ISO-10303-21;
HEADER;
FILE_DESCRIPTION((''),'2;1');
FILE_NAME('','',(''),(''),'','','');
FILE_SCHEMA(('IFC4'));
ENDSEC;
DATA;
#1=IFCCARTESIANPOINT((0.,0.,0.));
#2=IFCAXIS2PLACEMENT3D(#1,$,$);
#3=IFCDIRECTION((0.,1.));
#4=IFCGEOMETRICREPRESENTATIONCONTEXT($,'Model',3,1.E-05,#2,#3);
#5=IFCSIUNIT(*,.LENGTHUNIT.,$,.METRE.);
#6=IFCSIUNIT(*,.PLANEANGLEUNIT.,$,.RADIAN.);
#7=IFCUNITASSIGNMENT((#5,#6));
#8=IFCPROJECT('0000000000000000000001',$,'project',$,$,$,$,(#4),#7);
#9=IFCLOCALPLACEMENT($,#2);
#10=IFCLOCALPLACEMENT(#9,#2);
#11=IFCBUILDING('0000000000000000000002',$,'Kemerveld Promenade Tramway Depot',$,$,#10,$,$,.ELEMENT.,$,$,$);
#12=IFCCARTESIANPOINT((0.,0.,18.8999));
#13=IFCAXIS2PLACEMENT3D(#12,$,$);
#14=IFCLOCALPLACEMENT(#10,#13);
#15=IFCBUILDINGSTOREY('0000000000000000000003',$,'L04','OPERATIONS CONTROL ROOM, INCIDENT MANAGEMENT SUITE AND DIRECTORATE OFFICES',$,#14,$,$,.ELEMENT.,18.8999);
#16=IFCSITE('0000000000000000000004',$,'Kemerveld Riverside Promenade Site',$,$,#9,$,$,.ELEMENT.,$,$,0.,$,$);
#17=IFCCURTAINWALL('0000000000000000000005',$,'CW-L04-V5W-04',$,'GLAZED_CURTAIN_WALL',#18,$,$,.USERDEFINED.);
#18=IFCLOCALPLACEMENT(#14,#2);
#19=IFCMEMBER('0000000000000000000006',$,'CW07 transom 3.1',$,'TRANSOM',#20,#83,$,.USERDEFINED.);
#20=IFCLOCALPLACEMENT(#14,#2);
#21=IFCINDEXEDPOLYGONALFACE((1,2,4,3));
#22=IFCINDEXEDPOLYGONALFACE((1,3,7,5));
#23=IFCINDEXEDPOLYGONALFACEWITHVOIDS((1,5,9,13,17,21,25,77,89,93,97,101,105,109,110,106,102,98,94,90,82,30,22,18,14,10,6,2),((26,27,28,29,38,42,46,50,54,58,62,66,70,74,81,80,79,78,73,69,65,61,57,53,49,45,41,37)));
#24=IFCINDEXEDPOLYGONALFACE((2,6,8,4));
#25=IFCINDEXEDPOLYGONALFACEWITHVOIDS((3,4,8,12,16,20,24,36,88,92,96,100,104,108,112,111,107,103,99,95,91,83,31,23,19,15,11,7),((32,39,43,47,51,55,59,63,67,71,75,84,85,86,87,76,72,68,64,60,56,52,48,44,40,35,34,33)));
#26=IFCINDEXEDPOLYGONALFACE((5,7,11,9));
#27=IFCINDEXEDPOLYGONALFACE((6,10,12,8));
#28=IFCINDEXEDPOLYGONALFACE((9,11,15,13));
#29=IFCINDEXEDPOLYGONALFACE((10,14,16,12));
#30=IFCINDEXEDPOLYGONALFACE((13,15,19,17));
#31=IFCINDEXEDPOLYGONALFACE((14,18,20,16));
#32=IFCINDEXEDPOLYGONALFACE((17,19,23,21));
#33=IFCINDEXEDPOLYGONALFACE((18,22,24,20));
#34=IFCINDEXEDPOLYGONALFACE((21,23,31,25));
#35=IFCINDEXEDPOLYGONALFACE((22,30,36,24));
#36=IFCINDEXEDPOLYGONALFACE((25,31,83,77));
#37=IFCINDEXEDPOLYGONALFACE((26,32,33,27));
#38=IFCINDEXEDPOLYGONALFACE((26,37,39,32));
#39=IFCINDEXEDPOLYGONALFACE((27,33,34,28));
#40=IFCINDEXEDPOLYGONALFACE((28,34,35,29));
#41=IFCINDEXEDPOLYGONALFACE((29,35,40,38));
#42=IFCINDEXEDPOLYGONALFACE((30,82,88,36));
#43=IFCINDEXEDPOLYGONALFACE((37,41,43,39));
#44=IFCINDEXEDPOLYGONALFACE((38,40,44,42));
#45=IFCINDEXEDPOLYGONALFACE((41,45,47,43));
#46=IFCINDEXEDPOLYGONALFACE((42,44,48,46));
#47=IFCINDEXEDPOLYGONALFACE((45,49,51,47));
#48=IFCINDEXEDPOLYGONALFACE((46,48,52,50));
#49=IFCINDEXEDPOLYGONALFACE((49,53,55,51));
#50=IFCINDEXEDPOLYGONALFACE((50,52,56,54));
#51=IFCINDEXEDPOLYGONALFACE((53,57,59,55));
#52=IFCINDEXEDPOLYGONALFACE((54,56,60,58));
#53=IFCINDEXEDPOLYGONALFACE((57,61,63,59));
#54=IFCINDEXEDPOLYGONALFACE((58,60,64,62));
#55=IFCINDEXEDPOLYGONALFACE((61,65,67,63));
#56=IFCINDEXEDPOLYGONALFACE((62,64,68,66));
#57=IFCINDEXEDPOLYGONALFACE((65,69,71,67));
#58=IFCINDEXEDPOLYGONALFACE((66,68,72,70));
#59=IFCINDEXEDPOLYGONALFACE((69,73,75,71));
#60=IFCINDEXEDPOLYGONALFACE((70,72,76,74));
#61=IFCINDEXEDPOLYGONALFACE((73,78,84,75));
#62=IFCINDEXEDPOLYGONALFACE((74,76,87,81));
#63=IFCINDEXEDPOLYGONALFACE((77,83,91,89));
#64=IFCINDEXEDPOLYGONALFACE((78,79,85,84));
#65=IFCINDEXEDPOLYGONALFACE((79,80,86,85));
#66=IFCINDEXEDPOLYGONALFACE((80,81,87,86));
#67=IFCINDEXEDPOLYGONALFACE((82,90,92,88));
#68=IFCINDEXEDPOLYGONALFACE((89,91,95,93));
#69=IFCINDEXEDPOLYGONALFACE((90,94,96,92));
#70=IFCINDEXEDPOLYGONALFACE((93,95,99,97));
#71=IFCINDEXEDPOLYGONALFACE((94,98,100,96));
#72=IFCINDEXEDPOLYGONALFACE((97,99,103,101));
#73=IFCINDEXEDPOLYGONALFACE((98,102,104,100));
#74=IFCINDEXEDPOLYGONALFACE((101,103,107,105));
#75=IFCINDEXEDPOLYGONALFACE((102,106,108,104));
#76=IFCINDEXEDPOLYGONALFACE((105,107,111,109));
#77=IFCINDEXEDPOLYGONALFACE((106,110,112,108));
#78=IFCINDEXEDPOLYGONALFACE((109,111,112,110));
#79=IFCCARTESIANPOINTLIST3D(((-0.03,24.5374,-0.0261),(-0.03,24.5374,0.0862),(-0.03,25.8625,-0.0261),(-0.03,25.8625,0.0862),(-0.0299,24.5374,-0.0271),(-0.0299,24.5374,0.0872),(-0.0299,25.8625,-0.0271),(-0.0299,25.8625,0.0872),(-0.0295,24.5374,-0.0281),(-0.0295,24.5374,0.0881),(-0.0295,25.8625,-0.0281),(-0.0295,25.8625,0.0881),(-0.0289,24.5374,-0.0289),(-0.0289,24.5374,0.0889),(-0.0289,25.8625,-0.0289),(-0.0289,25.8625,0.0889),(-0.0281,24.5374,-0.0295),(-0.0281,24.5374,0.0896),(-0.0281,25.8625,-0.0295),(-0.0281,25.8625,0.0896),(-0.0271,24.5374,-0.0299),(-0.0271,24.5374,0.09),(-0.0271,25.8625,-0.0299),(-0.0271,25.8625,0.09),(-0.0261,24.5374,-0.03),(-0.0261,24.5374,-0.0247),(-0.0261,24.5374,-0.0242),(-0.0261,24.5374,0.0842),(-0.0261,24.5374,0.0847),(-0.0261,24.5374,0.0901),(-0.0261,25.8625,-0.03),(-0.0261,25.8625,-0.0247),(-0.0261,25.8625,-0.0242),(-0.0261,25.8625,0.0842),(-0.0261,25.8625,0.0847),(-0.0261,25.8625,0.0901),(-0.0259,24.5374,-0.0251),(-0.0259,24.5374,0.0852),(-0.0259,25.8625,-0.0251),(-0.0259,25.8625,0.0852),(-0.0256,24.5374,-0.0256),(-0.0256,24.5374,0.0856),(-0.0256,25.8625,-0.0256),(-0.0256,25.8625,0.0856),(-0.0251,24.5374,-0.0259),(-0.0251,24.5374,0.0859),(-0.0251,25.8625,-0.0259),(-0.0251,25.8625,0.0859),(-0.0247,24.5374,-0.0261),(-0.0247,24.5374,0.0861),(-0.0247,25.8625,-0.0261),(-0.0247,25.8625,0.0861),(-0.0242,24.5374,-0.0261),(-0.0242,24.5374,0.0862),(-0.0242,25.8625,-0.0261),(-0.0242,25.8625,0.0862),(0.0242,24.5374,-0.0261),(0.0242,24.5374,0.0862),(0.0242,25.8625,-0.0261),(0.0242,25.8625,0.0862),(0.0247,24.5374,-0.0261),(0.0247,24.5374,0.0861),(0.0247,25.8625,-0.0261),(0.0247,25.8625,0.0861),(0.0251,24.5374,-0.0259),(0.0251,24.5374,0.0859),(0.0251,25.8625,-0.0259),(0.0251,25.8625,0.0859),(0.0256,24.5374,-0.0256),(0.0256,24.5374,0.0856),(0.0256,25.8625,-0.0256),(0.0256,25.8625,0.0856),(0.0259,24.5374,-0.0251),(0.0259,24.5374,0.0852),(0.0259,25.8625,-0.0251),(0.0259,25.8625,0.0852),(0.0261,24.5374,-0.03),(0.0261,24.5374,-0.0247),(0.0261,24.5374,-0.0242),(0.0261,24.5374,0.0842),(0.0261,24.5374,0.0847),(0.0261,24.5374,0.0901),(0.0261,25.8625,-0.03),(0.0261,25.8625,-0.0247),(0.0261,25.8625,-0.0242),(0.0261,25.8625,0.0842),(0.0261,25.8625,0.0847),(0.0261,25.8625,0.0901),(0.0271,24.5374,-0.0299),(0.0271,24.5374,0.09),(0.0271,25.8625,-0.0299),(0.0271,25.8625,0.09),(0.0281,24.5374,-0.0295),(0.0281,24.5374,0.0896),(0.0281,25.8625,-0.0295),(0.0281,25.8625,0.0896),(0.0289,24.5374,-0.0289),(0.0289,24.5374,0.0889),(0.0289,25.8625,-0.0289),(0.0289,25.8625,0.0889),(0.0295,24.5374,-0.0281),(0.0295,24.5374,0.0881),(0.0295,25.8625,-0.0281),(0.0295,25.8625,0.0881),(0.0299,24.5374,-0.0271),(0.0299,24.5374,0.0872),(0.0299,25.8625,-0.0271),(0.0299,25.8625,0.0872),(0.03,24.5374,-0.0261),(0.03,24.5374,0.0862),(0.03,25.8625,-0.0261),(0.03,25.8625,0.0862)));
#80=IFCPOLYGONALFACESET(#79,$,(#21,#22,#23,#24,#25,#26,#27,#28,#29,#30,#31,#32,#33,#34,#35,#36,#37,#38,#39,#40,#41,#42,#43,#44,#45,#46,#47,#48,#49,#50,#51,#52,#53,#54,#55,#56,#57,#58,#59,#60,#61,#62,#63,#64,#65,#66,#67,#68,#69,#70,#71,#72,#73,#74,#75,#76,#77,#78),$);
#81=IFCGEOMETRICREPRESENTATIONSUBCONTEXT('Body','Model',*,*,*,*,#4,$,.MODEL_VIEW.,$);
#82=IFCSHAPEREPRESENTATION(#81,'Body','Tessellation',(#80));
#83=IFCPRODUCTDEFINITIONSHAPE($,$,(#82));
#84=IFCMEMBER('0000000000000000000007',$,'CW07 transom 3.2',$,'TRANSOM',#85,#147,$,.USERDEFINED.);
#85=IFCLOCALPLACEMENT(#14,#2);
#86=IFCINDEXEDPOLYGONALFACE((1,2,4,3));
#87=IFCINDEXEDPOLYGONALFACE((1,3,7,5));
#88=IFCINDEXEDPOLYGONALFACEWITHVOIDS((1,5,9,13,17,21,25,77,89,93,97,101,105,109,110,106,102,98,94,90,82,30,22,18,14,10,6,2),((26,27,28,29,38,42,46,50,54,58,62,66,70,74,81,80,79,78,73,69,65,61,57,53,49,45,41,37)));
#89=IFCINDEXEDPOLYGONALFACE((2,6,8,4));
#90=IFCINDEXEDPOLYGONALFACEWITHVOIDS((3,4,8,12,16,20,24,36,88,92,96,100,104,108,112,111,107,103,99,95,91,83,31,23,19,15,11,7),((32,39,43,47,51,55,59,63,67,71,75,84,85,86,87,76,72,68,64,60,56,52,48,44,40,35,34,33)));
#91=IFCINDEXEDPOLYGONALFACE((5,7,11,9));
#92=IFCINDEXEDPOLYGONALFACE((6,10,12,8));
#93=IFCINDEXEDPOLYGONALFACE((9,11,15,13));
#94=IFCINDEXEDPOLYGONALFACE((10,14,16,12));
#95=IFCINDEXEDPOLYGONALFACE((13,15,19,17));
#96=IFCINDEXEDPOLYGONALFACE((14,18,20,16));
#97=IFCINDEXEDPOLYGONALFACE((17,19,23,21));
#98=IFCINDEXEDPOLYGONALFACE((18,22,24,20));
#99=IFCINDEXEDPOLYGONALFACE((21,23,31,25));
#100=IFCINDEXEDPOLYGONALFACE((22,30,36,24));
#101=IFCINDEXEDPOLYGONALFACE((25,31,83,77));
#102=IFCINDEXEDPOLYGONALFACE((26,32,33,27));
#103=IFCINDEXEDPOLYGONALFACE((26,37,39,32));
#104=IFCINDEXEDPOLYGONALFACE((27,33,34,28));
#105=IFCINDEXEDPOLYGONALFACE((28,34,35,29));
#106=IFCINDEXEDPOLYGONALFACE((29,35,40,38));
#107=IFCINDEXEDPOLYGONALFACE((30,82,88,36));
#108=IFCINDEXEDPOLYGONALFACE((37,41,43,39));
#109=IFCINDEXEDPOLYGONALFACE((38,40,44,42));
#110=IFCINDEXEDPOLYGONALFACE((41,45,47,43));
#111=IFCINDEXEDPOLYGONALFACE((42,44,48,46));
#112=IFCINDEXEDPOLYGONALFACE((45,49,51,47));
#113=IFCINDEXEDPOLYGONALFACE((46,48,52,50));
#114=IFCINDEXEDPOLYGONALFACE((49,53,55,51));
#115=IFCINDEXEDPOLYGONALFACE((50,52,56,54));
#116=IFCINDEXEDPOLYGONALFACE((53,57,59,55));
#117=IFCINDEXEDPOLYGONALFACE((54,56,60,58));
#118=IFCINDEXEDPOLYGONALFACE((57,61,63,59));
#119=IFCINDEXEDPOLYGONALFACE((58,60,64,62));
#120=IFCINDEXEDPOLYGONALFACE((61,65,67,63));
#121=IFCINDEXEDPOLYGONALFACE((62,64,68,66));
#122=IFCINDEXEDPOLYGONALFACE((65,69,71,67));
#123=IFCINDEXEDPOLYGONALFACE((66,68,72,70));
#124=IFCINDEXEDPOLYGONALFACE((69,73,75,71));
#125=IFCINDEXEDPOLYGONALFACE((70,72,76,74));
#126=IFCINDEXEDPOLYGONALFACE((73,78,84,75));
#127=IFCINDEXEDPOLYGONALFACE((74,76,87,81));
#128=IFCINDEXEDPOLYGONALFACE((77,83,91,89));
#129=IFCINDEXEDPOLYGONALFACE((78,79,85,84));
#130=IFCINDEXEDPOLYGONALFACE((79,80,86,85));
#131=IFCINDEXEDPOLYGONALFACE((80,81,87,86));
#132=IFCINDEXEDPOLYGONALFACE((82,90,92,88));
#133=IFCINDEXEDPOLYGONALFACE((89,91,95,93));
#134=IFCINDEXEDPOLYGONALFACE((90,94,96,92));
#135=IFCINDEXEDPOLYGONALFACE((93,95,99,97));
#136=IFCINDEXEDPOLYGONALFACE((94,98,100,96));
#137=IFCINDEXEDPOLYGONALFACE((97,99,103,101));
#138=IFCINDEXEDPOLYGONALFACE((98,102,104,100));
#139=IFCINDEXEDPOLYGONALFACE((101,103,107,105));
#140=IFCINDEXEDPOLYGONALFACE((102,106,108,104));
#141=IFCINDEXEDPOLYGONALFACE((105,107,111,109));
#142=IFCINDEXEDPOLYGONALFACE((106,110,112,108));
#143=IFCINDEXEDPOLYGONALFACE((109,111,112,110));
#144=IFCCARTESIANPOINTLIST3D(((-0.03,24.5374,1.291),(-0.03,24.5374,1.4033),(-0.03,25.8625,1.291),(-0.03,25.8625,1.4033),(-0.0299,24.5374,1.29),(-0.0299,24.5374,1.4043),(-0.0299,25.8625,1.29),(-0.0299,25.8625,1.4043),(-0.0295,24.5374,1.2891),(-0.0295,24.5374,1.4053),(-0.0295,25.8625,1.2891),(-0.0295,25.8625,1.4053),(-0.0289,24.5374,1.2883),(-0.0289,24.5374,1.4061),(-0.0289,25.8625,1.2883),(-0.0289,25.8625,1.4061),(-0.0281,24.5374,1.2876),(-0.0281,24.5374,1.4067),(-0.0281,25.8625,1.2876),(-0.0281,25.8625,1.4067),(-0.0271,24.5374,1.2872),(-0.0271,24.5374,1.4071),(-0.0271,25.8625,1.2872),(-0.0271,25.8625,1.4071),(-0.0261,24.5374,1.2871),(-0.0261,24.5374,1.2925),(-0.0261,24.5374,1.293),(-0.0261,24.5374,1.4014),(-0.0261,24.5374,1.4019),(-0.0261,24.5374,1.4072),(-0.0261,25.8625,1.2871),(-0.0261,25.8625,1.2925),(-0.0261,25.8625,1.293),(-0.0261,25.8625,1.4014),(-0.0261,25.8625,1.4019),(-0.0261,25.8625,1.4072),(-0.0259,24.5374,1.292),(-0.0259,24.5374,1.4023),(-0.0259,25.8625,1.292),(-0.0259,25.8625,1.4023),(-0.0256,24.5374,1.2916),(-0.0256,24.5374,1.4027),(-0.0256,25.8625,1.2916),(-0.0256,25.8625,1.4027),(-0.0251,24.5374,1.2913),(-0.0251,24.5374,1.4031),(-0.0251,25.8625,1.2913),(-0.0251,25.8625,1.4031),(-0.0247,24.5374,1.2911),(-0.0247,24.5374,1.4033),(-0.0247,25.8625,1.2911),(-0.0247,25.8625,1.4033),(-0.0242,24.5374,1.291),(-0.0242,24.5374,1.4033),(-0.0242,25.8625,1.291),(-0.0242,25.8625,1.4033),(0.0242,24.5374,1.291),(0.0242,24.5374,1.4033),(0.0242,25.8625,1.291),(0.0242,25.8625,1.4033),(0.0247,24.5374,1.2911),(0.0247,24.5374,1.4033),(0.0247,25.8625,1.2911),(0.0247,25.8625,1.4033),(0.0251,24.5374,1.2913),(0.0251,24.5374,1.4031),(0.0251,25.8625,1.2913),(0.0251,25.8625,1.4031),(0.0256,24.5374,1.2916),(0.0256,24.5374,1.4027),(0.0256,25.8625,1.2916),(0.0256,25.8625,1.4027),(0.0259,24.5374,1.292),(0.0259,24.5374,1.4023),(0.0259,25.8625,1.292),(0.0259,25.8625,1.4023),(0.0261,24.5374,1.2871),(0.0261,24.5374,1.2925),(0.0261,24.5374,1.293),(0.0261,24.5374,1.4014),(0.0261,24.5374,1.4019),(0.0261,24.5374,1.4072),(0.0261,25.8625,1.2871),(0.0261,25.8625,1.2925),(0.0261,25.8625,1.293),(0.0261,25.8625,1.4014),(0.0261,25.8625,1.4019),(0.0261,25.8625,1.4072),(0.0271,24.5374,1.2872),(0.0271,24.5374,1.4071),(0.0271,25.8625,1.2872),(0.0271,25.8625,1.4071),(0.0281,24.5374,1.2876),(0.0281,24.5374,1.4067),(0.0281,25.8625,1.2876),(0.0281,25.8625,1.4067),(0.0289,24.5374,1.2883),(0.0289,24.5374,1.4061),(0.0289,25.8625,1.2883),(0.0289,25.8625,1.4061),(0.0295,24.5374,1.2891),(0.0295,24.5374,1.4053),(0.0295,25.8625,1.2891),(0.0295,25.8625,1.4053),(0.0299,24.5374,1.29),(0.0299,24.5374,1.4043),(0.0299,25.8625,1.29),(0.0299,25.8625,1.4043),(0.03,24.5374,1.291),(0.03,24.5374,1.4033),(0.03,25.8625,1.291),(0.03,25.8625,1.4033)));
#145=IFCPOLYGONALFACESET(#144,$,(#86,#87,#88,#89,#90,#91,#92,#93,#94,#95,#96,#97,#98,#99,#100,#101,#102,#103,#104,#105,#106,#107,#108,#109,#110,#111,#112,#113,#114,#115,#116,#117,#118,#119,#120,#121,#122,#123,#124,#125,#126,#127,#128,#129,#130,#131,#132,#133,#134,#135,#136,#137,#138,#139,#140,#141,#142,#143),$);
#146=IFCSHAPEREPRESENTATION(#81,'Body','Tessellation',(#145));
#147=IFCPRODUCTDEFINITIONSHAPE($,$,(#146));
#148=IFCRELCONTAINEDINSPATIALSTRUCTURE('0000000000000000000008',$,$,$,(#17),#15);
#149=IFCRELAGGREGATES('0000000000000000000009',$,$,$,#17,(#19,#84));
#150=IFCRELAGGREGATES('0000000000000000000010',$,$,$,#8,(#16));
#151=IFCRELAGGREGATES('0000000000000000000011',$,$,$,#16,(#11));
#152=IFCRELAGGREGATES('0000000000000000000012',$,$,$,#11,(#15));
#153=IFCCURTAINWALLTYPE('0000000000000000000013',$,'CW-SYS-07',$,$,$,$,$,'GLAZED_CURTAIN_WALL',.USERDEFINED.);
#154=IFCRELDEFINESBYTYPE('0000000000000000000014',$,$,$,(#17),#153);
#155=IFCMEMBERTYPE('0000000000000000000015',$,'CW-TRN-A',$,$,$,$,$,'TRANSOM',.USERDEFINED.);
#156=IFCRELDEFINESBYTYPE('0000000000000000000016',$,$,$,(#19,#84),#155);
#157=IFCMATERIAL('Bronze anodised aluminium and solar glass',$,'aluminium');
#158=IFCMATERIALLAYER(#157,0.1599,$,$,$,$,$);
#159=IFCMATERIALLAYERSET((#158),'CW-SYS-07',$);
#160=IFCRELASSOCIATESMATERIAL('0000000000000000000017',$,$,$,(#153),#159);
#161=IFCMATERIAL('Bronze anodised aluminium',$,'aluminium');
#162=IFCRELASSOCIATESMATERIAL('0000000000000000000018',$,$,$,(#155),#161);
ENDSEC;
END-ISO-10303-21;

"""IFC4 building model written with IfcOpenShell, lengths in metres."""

from ifc_helpers import new_model, si_unit, direction, frame, origin, origin_2d, place, context, subcontext, project, spatial, hollow_rectangle, extrude, material, layer, layer_set, material_profile, profile_set, type_object, element, aggregate, save


model = new_model("IFC4")

# Units and contexts
model_context = context("Model", 3, precision=1e-05, world=origin(), true_north=direction((0.0, 1.0)))
body_context = subcontext(model_context, "Body", "Model", "MODEL_VIEW")
ifc_project = project(units=[si_unit("LENGTHUNIT", "METRE"), si_unit("PLANEANGLEUNIT", "RADIAN")], contexts=[model_context])

# Site, building, storey
site_placement = place(None, origin())
site = spatial("IfcSite", under=ifc_project, at=site_placement, Name="Kemerveld Riverside Promenade Site", CompositionType="ELEMENT", RefElevation=0.0)
building_placement = place(site_placement, origin())
building = spatial("IfcBuilding", under=site, at=building_placement, Name="Kemerveld Promenade Tramway Depot", CompositionType="ELEMENT")
storey_placement = place(building_placement, frame((0.0, 0.0, 18.8999)))
storey = spatial("IfcBuildingStorey", under=building, at=storey_placement, Name="L04", Description="OPERATIONS CONTROL ROOM, INCIDENT MANAGEMENT SUITE AND DIRECTORATE OFFICES", CompositionType="ELEMENT", Elevation=18.8999)

# Curtain wall, members
ifc_material_1 = material(Name="Bronze anodised aluminium and solar glass", Category="aluminium")
ifc_layer_1 = layer(ifc_material_1, 0.1599)
ifc_layer_set_1 = layer_set([ifc_layer_1], Name="CW-SYS-07")
curtain_wall_type = type_object("IfcCurtainWallType", Name="CW-SYS-07", ElementType="GLAZED_CURTAIN_WALL", PredefinedType="USERDEFINED", material=ifc_layer_set_1)
curtain_wall_placement = place(storey_placement, origin())
curtain_wall = element("IfcCurtainWall", 1, at=curtain_wall_placement, inside=storey, type_object=curtain_wall_type, Name="CW-L04-V5W-04", ObjectType="GLAZED_CURTAIN_WALL", PredefinedType="USERDEFINED")
ifc_material_2 = material(Name="Bronze anodised aluminium", Category="aluminium")
ifc_material_profile_1 = material_profile(ifc_material_2, hollow_rectangle(XDim=0.0601, YDim=0.1201, WallThickness=0.0039, InnerFilletRadius=0.002, OuterFilletRadius=0.0039, at=origin_2d()), Name="CW-TRN-120x60")
ifc_profile_set_1 = profile_set([ifc_material_profile_1], Name="Bronze anodised aluminium")
member_type_1 = type_object("IfcMemberType", Name="CW-TRN-A", ElementType="TRANSOM", PredefinedType="USERDEFINED", material=ifc_profile_set_1)
member_1_placement = place(storey_placement, frame((0.0, 24.5374, 0.03), z_axis=(0.0, 1.0, 0.0), x_axis=(-1.0, 0.0, 0.0)))
member_1 = element("IfcMember", 2, at=member_1_placement, type_object=member_type_1, Name="CW07 transom 3.1", ObjectType="TRANSOM", PredefinedType="USERDEFINED", context=body_context, shape_type="SweptSolid", body=[
    extrude(hollow_rectangle(XDim=0.0601, YDim=0.1201, WallThickness=0.0039, InnerFilletRadius=0.002, OuterFilletRadius=0.0039, at=origin_2d()), origin(), (0.0, 0.0, 1.0), 1.3252),
])
member_2_placement = place(storey_placement, frame((0.0, 24.5374, 1.3472), z_axis=(0.0, 1.0, 0.0), x_axis=(-1.0, 0.0, 0.0)))
member_2 = element("IfcMember", 3, at=member_2_placement, type_object=member_type_1, Name="CW07 transom 3.2", ObjectType="TRANSOM", PredefinedType="USERDEFINED", context=body_context, shape_type="SweptSolid", body=[
    extrude(hollow_rectangle(XDim=0.0601, YDim=0.1201, WallThickness=0.0039, InnerFilletRadius=0.002, OuterFilletRadius=0.0039, at=origin_2d()), origin(), (0.0, 0.0, 1.0), 1.3252),
])
aggregate(curtain_wall, [member_1, member_2])

save(model, "model.ifc")
